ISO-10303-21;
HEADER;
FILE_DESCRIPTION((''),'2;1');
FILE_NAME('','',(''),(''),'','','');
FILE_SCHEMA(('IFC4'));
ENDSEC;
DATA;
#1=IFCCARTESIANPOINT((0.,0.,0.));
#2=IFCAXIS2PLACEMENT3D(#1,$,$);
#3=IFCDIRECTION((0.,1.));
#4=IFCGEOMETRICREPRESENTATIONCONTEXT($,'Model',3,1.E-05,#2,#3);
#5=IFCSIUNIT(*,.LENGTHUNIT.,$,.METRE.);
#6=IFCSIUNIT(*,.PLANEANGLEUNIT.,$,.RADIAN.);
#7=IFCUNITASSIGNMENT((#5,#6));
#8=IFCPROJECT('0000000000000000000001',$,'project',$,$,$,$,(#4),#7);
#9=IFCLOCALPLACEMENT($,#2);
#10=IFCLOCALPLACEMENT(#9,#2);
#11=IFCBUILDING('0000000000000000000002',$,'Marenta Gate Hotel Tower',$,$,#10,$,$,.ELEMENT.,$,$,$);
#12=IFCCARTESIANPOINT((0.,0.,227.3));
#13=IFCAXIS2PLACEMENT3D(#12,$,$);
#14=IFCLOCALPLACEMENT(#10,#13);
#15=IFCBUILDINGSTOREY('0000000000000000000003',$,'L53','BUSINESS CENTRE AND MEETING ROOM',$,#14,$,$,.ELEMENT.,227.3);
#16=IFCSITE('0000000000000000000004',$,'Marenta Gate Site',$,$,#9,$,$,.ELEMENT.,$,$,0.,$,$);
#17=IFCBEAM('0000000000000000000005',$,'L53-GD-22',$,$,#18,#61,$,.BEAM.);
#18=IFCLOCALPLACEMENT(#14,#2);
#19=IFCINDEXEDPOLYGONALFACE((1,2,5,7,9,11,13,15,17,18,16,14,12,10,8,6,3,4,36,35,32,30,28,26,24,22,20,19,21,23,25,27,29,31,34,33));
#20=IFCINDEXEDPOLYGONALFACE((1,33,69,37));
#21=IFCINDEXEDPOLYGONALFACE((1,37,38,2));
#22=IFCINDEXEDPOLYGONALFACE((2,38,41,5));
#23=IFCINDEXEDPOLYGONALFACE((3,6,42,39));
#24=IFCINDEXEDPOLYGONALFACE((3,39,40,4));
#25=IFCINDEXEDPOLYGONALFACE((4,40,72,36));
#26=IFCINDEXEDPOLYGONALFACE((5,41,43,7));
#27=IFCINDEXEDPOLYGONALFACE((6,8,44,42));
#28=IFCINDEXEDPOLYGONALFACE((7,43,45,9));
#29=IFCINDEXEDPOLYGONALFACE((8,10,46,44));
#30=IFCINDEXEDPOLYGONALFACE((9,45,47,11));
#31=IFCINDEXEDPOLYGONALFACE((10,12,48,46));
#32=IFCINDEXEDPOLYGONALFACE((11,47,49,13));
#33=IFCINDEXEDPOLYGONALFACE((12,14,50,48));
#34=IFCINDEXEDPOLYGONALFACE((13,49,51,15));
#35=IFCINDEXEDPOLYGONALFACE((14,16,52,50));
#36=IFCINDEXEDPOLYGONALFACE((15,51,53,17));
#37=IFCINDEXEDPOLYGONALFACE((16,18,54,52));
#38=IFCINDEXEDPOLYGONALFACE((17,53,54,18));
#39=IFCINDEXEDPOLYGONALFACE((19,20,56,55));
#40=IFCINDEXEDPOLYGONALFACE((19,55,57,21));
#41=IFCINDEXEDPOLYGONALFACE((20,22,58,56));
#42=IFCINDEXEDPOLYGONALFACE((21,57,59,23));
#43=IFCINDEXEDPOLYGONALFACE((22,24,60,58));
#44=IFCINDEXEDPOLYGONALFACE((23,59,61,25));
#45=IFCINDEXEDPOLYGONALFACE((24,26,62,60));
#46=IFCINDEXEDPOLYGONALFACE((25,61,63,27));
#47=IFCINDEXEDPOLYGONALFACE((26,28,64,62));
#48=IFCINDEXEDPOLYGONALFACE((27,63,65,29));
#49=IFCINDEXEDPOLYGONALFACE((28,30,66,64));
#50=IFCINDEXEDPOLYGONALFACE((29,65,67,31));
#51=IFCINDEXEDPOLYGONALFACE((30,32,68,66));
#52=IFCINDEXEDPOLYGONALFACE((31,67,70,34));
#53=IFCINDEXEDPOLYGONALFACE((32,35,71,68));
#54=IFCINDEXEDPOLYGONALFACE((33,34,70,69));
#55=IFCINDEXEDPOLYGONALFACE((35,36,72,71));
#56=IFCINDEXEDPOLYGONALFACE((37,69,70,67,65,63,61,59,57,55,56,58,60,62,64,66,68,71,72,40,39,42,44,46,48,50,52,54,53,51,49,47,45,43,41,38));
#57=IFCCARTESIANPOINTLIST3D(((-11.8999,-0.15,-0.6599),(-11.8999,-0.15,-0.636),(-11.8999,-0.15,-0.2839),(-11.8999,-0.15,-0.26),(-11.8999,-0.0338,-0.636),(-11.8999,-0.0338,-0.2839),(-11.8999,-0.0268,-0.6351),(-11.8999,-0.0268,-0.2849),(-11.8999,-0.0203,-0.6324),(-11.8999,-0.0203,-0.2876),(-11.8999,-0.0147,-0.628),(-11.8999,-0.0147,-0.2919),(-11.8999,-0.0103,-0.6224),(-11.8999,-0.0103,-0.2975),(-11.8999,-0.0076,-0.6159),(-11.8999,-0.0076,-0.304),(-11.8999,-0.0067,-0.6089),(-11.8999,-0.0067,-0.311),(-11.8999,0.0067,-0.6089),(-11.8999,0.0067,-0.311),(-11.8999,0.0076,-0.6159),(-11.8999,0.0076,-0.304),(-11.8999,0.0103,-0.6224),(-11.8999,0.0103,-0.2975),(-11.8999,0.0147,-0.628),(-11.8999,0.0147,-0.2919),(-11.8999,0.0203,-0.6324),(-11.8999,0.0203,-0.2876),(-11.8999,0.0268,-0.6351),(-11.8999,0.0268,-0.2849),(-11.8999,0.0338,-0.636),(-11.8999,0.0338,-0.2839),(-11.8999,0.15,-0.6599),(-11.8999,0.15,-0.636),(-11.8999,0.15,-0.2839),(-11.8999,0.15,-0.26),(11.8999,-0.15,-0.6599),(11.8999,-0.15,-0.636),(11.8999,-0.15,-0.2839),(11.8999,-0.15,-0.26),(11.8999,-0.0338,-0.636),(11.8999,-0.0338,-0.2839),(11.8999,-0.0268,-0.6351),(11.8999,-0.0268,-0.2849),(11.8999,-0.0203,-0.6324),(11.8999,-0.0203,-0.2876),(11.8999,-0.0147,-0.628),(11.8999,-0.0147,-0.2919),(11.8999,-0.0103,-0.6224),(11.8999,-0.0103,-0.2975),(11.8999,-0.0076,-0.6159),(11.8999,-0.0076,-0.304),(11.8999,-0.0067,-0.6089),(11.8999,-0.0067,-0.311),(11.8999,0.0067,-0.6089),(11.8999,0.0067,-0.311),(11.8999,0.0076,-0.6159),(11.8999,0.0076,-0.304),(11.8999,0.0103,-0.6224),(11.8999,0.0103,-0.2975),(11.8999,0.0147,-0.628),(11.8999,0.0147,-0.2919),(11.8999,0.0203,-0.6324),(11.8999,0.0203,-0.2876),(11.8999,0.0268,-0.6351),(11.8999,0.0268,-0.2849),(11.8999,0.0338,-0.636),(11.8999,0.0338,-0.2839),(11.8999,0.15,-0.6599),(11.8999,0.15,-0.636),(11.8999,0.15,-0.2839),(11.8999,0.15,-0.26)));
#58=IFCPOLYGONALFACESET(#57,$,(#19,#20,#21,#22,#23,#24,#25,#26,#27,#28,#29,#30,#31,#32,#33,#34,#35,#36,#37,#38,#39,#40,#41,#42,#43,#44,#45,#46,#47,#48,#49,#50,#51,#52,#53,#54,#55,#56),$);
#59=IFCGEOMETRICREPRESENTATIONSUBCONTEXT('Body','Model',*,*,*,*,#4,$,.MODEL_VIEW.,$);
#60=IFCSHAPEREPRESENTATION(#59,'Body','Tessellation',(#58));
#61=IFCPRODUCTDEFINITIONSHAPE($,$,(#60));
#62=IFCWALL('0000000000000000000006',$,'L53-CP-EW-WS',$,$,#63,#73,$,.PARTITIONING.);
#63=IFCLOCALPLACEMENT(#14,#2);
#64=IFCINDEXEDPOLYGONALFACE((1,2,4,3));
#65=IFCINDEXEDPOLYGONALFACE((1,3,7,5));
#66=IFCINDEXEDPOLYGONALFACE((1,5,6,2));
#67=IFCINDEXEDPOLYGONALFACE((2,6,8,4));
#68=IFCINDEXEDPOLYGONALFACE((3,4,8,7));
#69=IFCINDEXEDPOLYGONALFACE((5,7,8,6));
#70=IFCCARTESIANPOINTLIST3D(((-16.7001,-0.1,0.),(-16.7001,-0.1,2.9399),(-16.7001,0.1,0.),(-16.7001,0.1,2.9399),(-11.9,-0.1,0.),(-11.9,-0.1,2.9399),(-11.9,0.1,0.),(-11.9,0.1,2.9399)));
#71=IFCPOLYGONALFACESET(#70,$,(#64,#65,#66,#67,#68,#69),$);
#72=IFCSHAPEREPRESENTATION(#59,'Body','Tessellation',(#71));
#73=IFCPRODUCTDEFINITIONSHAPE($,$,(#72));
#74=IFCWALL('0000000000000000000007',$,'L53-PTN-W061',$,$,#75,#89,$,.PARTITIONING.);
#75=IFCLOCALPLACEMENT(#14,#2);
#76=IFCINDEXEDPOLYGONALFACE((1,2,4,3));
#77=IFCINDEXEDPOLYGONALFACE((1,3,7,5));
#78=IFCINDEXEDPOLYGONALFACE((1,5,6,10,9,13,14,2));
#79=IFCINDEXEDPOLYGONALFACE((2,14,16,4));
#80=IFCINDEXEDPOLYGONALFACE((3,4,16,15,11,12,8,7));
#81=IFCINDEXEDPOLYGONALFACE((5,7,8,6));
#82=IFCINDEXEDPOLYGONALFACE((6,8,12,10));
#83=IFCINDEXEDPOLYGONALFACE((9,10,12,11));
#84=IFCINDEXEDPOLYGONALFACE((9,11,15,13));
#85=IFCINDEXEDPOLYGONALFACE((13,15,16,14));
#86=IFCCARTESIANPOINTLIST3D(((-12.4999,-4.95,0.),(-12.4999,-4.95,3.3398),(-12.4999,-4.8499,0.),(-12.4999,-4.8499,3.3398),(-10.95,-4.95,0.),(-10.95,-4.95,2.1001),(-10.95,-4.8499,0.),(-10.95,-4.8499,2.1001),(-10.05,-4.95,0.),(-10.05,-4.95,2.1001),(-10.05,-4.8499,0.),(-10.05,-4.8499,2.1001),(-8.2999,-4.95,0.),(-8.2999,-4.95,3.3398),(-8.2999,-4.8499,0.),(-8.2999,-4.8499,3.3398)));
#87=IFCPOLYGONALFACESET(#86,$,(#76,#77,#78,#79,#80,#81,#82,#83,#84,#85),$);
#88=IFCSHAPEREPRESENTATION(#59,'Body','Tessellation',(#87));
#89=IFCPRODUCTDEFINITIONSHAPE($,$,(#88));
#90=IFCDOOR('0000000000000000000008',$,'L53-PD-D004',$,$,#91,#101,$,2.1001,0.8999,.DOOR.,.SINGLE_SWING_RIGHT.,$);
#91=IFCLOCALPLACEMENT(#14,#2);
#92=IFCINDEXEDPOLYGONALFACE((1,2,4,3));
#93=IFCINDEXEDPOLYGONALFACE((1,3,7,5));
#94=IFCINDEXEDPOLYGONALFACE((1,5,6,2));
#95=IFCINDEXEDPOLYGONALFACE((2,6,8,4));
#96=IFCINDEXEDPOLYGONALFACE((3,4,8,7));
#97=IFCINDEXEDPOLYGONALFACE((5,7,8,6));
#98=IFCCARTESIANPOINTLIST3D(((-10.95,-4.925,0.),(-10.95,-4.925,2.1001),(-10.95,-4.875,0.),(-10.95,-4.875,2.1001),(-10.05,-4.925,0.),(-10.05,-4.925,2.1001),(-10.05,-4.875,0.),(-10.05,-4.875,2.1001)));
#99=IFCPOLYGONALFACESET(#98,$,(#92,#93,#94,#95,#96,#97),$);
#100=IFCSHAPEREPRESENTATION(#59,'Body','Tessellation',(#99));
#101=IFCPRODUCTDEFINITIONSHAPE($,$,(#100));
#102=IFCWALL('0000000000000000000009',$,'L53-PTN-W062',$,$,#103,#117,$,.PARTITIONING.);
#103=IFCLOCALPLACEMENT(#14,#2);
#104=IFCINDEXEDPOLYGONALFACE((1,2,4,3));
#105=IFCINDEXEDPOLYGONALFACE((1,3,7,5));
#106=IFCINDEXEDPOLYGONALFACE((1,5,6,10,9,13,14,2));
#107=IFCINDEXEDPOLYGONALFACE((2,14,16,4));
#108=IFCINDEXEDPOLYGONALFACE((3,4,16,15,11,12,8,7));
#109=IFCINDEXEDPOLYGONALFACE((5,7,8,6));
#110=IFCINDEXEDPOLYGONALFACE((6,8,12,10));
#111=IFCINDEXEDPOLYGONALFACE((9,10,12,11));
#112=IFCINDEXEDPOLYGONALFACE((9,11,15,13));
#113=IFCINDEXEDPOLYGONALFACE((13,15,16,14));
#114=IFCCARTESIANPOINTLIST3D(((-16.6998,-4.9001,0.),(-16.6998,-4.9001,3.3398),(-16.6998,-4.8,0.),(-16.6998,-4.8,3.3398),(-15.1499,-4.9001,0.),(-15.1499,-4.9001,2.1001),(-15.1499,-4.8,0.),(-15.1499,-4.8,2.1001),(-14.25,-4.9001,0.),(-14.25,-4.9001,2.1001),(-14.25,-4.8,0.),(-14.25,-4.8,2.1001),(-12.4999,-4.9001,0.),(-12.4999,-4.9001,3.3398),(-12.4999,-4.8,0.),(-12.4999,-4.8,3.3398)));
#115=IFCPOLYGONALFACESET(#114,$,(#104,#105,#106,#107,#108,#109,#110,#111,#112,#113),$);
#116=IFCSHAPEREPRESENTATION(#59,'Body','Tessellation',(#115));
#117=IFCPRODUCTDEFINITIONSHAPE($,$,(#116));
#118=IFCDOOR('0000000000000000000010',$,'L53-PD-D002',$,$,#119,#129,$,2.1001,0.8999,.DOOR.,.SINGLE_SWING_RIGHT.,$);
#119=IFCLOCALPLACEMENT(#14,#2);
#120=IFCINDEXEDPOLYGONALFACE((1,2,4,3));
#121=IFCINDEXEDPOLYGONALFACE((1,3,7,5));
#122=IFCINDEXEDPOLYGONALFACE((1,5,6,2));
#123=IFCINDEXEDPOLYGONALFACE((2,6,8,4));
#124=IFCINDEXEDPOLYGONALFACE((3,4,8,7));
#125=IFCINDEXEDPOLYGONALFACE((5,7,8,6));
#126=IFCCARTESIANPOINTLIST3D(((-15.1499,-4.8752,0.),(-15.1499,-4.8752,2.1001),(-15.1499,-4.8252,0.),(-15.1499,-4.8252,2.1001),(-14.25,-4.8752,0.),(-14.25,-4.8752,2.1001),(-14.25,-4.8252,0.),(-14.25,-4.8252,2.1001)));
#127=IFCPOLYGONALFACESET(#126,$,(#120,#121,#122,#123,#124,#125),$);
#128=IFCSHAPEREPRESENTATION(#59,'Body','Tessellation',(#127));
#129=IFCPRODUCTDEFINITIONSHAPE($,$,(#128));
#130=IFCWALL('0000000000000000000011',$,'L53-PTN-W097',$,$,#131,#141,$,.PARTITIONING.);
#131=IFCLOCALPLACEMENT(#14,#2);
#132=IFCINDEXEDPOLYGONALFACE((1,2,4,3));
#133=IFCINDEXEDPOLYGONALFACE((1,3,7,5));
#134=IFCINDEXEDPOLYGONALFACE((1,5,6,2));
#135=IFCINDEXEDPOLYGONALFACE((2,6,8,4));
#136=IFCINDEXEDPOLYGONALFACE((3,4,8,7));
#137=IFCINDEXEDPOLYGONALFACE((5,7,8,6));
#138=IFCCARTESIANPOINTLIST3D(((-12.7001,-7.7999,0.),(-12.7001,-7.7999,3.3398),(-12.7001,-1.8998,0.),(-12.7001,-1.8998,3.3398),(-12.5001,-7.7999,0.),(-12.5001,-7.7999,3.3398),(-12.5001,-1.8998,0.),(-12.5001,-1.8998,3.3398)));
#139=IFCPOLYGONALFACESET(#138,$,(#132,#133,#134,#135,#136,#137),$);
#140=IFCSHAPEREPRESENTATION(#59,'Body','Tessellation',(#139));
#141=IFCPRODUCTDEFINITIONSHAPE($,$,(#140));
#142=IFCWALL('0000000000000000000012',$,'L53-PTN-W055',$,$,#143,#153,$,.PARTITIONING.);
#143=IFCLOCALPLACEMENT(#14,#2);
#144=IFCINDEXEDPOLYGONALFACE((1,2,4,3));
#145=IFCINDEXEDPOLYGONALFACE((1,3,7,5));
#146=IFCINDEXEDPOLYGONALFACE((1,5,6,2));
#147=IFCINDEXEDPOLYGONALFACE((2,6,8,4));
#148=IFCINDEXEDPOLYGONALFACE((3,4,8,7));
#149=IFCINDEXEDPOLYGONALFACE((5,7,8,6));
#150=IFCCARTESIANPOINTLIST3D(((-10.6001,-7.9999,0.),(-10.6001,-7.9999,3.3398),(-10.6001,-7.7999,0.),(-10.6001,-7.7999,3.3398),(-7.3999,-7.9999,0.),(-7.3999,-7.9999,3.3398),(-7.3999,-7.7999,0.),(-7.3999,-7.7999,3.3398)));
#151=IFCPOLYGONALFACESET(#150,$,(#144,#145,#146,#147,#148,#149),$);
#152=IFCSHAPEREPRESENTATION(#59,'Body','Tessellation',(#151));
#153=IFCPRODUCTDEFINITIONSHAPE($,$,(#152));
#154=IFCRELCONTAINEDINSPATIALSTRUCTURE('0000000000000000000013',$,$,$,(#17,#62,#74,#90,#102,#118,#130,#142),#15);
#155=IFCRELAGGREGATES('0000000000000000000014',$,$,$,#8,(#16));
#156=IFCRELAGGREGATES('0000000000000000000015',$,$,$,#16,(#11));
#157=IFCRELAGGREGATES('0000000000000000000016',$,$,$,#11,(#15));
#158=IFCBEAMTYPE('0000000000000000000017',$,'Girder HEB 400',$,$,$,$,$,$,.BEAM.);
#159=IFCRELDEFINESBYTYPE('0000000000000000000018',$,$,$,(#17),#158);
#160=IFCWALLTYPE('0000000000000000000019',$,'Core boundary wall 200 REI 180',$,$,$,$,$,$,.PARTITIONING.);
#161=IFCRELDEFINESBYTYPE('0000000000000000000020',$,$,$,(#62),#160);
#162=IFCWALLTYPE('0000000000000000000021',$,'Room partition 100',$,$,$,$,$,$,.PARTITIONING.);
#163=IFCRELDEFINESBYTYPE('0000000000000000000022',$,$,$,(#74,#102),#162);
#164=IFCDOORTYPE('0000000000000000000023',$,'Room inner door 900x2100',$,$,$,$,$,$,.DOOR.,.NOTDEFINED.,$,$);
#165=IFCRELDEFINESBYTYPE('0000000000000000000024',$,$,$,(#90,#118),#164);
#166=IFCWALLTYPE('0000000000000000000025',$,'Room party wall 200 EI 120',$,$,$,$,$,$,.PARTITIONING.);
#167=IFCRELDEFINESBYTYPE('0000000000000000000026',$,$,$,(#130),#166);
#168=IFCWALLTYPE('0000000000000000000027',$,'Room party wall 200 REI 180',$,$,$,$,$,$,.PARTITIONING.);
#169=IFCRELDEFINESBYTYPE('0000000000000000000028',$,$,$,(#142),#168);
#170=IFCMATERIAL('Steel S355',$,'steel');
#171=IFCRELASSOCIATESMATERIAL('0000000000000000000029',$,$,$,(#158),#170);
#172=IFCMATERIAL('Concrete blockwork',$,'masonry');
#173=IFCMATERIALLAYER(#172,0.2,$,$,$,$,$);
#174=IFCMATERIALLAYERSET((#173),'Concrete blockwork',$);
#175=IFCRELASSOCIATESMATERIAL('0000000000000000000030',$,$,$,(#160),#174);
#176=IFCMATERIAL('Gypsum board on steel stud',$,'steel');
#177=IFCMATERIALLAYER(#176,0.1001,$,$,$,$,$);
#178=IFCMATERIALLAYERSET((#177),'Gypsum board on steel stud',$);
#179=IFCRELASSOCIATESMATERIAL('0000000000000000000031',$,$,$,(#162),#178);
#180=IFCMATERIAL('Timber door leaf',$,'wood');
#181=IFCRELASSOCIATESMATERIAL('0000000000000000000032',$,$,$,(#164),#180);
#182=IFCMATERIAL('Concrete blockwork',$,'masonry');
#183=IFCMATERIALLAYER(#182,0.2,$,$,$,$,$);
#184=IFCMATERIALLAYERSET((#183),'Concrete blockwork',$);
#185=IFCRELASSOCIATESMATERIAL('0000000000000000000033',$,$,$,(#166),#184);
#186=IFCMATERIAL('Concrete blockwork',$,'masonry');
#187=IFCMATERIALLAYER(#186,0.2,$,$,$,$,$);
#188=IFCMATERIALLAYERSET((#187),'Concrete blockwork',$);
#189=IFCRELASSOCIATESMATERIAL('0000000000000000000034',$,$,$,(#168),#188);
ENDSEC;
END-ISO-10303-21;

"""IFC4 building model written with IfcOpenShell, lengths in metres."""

from ifc_helpers import new_model, si_unit, direction, frame, frame_2d, origin, origin_2d, place, context, subcontext, project, spatial, rectangle, i_section, extrude, material, layer, layer_set, material_profile, profile_set, type_object, element, fill, save


model = new_model("IFC4")

# Units and contexts
model_context = context("Model", 3, precision=1e-05, world=origin(), true_north=direction((0.0, 1.0)))
body_context = subcontext(model_context, "Body", "Model", "MODEL_VIEW")
ifc_project = project(units=[si_unit("LENGTHUNIT", "METRE"), si_unit("PLANEANGLEUNIT", "RADIAN")], contexts=[model_context])

# Site, building, storey
site_placement = place(None, origin())
site = spatial("IfcSite", under=ifc_project, at=site_placement, Name="Marenta Gate Site", CompositionType="ELEMENT", RefElevation=0.0)
building_placement = place(site_placement, origin())
building = spatial("IfcBuilding", under=site, at=building_placement, Name="Marenta Gate Hotel Tower", CompositionType="ELEMENT")
storey_placement = place(building_placement, frame((0.0, 0.0, 227.3)))
storey = spatial("IfcBuildingStorey", under=building, at=storey_placement, Name="L53", Description="BUSINESS CENTRE AND MEETING ROOM", CompositionType="ELEMENT", Elevation=227.3)

# Beam
ifc_material_1 = material(Name="Steel S355", Category="steel")
ifc_material_profile = material_profile(ifc_material_1, i_section(OverallWidth=0.3, OverallDepth=0.3999, WebThickness=0.0134, FlangeThickness=0.0239, FilletRadius=0.0271, at=origin_2d()), Name="HEB 400")
ifc_profile_set = profile_set([ifc_material_profile], Name="Steel S355")
beam_type = type_object("IfcBeamType", Name="Girder HEB 400", PredefinedType="BEAM", material=ifc_profile_set)
beam_placement = place(storey_placement, frame((-11.8999, 0.0, -0.46), z_axis=(1.0, 0.0, 0.0), x_axis=(0.0, 1.0, 0.0)))
element("IfcBeam", 1, at=beam_placement, inside=storey, type_object=beam_type, Name="L53-GD-22", PredefinedType="BEAM", context=body_context, shape_type="SweptSolid", body=[
    extrude(i_section(OverallWidth=0.3, OverallDepth=0.3999, WebThickness=0.0134, FlangeThickness=0.0239, FilletRadius=0.0271, at=origin_2d()), origin(), (0.0, 0.0, 1.0), 23.7998),
])

# Shared definitions
ifc_material_2 = material(Name="Concrete blockwork", Category="masonry")
ifc_layer_1 = layer(ifc_material_2, 0.2)
ifc_layer_set_1 = layer_set([ifc_layer_1], Name="Concrete blockwork")
wall_type_1 = type_object("IfcWallType", Name="Core boundary wall 200 REI 180", PredefinedType="PARTITIONING", material=ifc_layer_set_1)

# Wall
wall_1_placement = place(storey_placement, frame((-16.7, 0.0, 0.0), z_axis=(0.0, 0.0, 1.0), x_axis=(1.0, 0.0, 0.0)))
element("IfcWall", 2, at=wall_1_placement, inside=storey, type_object=wall_type_1, Name="L53-CP-EW-WS", PredefinedType="PARTITIONING", context=body_context, shape_type="SweptSolid", body=[
    extrude(rectangle(XDim=4.8, YDim=0.2, at=frame_2d((2.3999, 0.0))), origin(), (0.0, 0.0, 1.0), 2.9399),
])

# Walls, openings, doors
ifc_material_3 = material(Name="Gypsum board on steel stud", Category="steel")
ifc_layer_2 = layer(ifc_material_3, 0.1001)
ifc_layer_set_2 = layer_set([ifc_layer_2], Name="Gypsum board on steel stud")
wall_type_2 = type_object("IfcWallType", Name="Room partition 100", PredefinedType="PARTITIONING", material=ifc_layer_set_2)
wall_2_placement = place(storey_placement, frame((-12.5, -4.8999, 0.0), z_axis=(0.0, 0.0, 1.0), x_axis=(1.0, 0.0, 0.0)))
wall_2 = element("IfcWall", 3, at=wall_2_placement, inside=storey, type_object=wall_type_2, Name="L53-PTN-W061", PredefinedType="PARTITIONING", context=body_context, shape_type="SweptSolid", body=[
    extrude(rectangle(XDim=4.2, YDim=0.1001, at=frame_2d((2.1001, 0.0))), origin(), (0.0, 0.0, 1.0), 3.3398),
])
opening_1_placement = place(wall_2_placement, frame((1.55, 0.0, 0.0)))
opening_1 = element("IfcOpeningElement", 4, at=opening_1_placement, cuts=wall_2, PredefinedType="OPENING", context=body_context, shape_type="SweptSolid", body=[
    extrude(rectangle(XDim=0.8999, YDim=2.1001, at=frame_2d((0.45, 1.05))), frame((0.0, 0.05, 0.0), z_axis=(0.0, -1.0, 0.0), x_axis=(1.0, 0.0, 0.0)), (0.0, 0.0, 1.0), 0.1001),
])
ifc_material_4 = material(Name="Timber door leaf", Category="wood")
door_type_1 = type_object("IfcDoorType", Name="Room inner door 900x2100", OperationType="NOTDEFINED", PredefinedType="DOOR", material=ifc_material_4)
door_1_placement = place(opening_1_placement, origin())
door_1 = element("IfcDoor", 5, at=door_1_placement, inside=storey, type_object=door_type_1, Name="L53-PD-D004", OperationType="SINGLE_SWING_RIGHT", OverallHeight=2.1001, OverallWidth=0.8999, PredefinedType="DOOR", context=body_context, shape_type="SweptSolid", body=[
    extrude(rectangle(XDim=0.8999, YDim=2.1001, at=frame_2d((0.45, 1.05))), frame((0.0, 0.0249, 0.0), z_axis=(0.0, -1.0, 0.0), x_axis=(1.0, 0.0, 0.0)), (0.0, 0.0, 1.0), 0.05),
])
fill(opening_1, door_1)
wall_3_placement = place(storey_placement, frame((-16.7, -4.8501, 0.0), z_axis=(0.0, 0.0, 1.0), x_axis=(1.0, 0.0, 0.0)))
wall_3 = element("IfcWall", 6, at=wall_3_placement, inside=storey, type_object=wall_type_2, Name="L53-PTN-W062", PredefinedType="PARTITIONING", context=body_context, shape_type="SweptSolid", body=[
    extrude(rectangle(XDim=4.2, YDim=0.1001, at=frame_2d((2.1001, 0.0))), origin(), (0.0, 0.0, 1.0), 3.3398),
])
opening_2_placement = place(wall_3_placement, frame((1.55, 0.0, 0.0)))
opening_2 = element("IfcOpeningElement", 7, at=opening_2_placement, cuts=wall_3, PredefinedType="OPENING", context=body_context, shape_type="SweptSolid", body=[
    extrude(rectangle(XDim=0.8999, YDim=2.1001, at=frame_2d((0.45, 1.05))), frame((0.0, 0.05, 0.0), z_axis=(0.0, -1.0, 0.0), x_axis=(1.0, 0.0, 0.0)), (0.0, 0.0, 1.0), 0.1001),
])
door_2_placement = place(opening_2_placement, origin())
door_2 = element("IfcDoor", 8, at=door_2_placement, inside=storey, type_object=door_type_1, Name="L53-PD-D002", OperationType="SINGLE_SWING_RIGHT", OverallHeight=2.1001, OverallWidth=0.8999, PredefinedType="DOOR", context=body_context, shape_type="SweptSolid", body=[
    extrude(rectangle(XDim=0.8999, YDim=2.1001, at=frame_2d((0.45, 1.05))), frame((0.0, 0.0249, 0.0), z_axis=(0.0, -1.0, 0.0), x_axis=(1.0, 0.0, 0.0)), (0.0, 0.0, 1.0), 0.05),
])
fill(opening_2, door_2)

# Walls
ifc_material_5 = material(Name="Concrete blockwork", Category="masonry")
ifc_layer_3 = layer(ifc_material_5, 0.2)
ifc_layer_set_3 = layer_set([ifc_layer_3], Name="Concrete blockwork")
wall_type_3 = type_object("IfcWallType", Name="Room party wall 200 EI 120", PredefinedType="PARTITIONING", material=ifc_layer_set_3)
wall_4_placement = place(storey_placement, frame((-12.6001, -7.8, 0.0), z_axis=(0.0, 0.0, 1.0), x_axis=(0.0, 1.0, 0.0)))
element("IfcWall", 9, at=wall_4_placement, inside=storey, type_object=wall_type_3, Name="L53-PTN-W097", PredefinedType="PARTITIONING", context=body_context, shape_type="SweptSolid", body=[
    extrude(rectangle(XDim=5.9001, YDim=0.2, at=frame_2d((2.9502, 0.0))), origin(), (0.0, 0.0, 1.0), 3.3398),
])
ifc_material_6 = material(Name="Concrete blockwork", Category="masonry")
ifc_layer_4 = layer(ifc_material_6, 0.2)
ifc_layer_set_4 = layer_set([ifc_layer_4], Name="Concrete blockwork")
wall_type_4 = type_object("IfcWallType", Name="Room party wall 200 REI 180", PredefinedType="PARTITIONING", material=ifc_layer_set_4)
wall_5_placement = place(storey_placement, frame((-10.6001, -7.8999, 0.0), z_axis=(0.0, 0.0, 1.0), x_axis=(1.0, 0.0, 0.0)))
element("IfcWall", 10, at=wall_5_placement, inside=storey, type_object=wall_type_4, Name="L53-PTN-W055", PredefinedType="PARTITIONING", context=body_context, shape_type="SweptSolid", body=[
    extrude(rectangle(XDim=3.2002, YDim=0.2, at=frame_2d((1.6001, 0.0))), origin(), (0.0, 0.0, 1.0), 3.3398),
])

save(model, "model.ifc")
